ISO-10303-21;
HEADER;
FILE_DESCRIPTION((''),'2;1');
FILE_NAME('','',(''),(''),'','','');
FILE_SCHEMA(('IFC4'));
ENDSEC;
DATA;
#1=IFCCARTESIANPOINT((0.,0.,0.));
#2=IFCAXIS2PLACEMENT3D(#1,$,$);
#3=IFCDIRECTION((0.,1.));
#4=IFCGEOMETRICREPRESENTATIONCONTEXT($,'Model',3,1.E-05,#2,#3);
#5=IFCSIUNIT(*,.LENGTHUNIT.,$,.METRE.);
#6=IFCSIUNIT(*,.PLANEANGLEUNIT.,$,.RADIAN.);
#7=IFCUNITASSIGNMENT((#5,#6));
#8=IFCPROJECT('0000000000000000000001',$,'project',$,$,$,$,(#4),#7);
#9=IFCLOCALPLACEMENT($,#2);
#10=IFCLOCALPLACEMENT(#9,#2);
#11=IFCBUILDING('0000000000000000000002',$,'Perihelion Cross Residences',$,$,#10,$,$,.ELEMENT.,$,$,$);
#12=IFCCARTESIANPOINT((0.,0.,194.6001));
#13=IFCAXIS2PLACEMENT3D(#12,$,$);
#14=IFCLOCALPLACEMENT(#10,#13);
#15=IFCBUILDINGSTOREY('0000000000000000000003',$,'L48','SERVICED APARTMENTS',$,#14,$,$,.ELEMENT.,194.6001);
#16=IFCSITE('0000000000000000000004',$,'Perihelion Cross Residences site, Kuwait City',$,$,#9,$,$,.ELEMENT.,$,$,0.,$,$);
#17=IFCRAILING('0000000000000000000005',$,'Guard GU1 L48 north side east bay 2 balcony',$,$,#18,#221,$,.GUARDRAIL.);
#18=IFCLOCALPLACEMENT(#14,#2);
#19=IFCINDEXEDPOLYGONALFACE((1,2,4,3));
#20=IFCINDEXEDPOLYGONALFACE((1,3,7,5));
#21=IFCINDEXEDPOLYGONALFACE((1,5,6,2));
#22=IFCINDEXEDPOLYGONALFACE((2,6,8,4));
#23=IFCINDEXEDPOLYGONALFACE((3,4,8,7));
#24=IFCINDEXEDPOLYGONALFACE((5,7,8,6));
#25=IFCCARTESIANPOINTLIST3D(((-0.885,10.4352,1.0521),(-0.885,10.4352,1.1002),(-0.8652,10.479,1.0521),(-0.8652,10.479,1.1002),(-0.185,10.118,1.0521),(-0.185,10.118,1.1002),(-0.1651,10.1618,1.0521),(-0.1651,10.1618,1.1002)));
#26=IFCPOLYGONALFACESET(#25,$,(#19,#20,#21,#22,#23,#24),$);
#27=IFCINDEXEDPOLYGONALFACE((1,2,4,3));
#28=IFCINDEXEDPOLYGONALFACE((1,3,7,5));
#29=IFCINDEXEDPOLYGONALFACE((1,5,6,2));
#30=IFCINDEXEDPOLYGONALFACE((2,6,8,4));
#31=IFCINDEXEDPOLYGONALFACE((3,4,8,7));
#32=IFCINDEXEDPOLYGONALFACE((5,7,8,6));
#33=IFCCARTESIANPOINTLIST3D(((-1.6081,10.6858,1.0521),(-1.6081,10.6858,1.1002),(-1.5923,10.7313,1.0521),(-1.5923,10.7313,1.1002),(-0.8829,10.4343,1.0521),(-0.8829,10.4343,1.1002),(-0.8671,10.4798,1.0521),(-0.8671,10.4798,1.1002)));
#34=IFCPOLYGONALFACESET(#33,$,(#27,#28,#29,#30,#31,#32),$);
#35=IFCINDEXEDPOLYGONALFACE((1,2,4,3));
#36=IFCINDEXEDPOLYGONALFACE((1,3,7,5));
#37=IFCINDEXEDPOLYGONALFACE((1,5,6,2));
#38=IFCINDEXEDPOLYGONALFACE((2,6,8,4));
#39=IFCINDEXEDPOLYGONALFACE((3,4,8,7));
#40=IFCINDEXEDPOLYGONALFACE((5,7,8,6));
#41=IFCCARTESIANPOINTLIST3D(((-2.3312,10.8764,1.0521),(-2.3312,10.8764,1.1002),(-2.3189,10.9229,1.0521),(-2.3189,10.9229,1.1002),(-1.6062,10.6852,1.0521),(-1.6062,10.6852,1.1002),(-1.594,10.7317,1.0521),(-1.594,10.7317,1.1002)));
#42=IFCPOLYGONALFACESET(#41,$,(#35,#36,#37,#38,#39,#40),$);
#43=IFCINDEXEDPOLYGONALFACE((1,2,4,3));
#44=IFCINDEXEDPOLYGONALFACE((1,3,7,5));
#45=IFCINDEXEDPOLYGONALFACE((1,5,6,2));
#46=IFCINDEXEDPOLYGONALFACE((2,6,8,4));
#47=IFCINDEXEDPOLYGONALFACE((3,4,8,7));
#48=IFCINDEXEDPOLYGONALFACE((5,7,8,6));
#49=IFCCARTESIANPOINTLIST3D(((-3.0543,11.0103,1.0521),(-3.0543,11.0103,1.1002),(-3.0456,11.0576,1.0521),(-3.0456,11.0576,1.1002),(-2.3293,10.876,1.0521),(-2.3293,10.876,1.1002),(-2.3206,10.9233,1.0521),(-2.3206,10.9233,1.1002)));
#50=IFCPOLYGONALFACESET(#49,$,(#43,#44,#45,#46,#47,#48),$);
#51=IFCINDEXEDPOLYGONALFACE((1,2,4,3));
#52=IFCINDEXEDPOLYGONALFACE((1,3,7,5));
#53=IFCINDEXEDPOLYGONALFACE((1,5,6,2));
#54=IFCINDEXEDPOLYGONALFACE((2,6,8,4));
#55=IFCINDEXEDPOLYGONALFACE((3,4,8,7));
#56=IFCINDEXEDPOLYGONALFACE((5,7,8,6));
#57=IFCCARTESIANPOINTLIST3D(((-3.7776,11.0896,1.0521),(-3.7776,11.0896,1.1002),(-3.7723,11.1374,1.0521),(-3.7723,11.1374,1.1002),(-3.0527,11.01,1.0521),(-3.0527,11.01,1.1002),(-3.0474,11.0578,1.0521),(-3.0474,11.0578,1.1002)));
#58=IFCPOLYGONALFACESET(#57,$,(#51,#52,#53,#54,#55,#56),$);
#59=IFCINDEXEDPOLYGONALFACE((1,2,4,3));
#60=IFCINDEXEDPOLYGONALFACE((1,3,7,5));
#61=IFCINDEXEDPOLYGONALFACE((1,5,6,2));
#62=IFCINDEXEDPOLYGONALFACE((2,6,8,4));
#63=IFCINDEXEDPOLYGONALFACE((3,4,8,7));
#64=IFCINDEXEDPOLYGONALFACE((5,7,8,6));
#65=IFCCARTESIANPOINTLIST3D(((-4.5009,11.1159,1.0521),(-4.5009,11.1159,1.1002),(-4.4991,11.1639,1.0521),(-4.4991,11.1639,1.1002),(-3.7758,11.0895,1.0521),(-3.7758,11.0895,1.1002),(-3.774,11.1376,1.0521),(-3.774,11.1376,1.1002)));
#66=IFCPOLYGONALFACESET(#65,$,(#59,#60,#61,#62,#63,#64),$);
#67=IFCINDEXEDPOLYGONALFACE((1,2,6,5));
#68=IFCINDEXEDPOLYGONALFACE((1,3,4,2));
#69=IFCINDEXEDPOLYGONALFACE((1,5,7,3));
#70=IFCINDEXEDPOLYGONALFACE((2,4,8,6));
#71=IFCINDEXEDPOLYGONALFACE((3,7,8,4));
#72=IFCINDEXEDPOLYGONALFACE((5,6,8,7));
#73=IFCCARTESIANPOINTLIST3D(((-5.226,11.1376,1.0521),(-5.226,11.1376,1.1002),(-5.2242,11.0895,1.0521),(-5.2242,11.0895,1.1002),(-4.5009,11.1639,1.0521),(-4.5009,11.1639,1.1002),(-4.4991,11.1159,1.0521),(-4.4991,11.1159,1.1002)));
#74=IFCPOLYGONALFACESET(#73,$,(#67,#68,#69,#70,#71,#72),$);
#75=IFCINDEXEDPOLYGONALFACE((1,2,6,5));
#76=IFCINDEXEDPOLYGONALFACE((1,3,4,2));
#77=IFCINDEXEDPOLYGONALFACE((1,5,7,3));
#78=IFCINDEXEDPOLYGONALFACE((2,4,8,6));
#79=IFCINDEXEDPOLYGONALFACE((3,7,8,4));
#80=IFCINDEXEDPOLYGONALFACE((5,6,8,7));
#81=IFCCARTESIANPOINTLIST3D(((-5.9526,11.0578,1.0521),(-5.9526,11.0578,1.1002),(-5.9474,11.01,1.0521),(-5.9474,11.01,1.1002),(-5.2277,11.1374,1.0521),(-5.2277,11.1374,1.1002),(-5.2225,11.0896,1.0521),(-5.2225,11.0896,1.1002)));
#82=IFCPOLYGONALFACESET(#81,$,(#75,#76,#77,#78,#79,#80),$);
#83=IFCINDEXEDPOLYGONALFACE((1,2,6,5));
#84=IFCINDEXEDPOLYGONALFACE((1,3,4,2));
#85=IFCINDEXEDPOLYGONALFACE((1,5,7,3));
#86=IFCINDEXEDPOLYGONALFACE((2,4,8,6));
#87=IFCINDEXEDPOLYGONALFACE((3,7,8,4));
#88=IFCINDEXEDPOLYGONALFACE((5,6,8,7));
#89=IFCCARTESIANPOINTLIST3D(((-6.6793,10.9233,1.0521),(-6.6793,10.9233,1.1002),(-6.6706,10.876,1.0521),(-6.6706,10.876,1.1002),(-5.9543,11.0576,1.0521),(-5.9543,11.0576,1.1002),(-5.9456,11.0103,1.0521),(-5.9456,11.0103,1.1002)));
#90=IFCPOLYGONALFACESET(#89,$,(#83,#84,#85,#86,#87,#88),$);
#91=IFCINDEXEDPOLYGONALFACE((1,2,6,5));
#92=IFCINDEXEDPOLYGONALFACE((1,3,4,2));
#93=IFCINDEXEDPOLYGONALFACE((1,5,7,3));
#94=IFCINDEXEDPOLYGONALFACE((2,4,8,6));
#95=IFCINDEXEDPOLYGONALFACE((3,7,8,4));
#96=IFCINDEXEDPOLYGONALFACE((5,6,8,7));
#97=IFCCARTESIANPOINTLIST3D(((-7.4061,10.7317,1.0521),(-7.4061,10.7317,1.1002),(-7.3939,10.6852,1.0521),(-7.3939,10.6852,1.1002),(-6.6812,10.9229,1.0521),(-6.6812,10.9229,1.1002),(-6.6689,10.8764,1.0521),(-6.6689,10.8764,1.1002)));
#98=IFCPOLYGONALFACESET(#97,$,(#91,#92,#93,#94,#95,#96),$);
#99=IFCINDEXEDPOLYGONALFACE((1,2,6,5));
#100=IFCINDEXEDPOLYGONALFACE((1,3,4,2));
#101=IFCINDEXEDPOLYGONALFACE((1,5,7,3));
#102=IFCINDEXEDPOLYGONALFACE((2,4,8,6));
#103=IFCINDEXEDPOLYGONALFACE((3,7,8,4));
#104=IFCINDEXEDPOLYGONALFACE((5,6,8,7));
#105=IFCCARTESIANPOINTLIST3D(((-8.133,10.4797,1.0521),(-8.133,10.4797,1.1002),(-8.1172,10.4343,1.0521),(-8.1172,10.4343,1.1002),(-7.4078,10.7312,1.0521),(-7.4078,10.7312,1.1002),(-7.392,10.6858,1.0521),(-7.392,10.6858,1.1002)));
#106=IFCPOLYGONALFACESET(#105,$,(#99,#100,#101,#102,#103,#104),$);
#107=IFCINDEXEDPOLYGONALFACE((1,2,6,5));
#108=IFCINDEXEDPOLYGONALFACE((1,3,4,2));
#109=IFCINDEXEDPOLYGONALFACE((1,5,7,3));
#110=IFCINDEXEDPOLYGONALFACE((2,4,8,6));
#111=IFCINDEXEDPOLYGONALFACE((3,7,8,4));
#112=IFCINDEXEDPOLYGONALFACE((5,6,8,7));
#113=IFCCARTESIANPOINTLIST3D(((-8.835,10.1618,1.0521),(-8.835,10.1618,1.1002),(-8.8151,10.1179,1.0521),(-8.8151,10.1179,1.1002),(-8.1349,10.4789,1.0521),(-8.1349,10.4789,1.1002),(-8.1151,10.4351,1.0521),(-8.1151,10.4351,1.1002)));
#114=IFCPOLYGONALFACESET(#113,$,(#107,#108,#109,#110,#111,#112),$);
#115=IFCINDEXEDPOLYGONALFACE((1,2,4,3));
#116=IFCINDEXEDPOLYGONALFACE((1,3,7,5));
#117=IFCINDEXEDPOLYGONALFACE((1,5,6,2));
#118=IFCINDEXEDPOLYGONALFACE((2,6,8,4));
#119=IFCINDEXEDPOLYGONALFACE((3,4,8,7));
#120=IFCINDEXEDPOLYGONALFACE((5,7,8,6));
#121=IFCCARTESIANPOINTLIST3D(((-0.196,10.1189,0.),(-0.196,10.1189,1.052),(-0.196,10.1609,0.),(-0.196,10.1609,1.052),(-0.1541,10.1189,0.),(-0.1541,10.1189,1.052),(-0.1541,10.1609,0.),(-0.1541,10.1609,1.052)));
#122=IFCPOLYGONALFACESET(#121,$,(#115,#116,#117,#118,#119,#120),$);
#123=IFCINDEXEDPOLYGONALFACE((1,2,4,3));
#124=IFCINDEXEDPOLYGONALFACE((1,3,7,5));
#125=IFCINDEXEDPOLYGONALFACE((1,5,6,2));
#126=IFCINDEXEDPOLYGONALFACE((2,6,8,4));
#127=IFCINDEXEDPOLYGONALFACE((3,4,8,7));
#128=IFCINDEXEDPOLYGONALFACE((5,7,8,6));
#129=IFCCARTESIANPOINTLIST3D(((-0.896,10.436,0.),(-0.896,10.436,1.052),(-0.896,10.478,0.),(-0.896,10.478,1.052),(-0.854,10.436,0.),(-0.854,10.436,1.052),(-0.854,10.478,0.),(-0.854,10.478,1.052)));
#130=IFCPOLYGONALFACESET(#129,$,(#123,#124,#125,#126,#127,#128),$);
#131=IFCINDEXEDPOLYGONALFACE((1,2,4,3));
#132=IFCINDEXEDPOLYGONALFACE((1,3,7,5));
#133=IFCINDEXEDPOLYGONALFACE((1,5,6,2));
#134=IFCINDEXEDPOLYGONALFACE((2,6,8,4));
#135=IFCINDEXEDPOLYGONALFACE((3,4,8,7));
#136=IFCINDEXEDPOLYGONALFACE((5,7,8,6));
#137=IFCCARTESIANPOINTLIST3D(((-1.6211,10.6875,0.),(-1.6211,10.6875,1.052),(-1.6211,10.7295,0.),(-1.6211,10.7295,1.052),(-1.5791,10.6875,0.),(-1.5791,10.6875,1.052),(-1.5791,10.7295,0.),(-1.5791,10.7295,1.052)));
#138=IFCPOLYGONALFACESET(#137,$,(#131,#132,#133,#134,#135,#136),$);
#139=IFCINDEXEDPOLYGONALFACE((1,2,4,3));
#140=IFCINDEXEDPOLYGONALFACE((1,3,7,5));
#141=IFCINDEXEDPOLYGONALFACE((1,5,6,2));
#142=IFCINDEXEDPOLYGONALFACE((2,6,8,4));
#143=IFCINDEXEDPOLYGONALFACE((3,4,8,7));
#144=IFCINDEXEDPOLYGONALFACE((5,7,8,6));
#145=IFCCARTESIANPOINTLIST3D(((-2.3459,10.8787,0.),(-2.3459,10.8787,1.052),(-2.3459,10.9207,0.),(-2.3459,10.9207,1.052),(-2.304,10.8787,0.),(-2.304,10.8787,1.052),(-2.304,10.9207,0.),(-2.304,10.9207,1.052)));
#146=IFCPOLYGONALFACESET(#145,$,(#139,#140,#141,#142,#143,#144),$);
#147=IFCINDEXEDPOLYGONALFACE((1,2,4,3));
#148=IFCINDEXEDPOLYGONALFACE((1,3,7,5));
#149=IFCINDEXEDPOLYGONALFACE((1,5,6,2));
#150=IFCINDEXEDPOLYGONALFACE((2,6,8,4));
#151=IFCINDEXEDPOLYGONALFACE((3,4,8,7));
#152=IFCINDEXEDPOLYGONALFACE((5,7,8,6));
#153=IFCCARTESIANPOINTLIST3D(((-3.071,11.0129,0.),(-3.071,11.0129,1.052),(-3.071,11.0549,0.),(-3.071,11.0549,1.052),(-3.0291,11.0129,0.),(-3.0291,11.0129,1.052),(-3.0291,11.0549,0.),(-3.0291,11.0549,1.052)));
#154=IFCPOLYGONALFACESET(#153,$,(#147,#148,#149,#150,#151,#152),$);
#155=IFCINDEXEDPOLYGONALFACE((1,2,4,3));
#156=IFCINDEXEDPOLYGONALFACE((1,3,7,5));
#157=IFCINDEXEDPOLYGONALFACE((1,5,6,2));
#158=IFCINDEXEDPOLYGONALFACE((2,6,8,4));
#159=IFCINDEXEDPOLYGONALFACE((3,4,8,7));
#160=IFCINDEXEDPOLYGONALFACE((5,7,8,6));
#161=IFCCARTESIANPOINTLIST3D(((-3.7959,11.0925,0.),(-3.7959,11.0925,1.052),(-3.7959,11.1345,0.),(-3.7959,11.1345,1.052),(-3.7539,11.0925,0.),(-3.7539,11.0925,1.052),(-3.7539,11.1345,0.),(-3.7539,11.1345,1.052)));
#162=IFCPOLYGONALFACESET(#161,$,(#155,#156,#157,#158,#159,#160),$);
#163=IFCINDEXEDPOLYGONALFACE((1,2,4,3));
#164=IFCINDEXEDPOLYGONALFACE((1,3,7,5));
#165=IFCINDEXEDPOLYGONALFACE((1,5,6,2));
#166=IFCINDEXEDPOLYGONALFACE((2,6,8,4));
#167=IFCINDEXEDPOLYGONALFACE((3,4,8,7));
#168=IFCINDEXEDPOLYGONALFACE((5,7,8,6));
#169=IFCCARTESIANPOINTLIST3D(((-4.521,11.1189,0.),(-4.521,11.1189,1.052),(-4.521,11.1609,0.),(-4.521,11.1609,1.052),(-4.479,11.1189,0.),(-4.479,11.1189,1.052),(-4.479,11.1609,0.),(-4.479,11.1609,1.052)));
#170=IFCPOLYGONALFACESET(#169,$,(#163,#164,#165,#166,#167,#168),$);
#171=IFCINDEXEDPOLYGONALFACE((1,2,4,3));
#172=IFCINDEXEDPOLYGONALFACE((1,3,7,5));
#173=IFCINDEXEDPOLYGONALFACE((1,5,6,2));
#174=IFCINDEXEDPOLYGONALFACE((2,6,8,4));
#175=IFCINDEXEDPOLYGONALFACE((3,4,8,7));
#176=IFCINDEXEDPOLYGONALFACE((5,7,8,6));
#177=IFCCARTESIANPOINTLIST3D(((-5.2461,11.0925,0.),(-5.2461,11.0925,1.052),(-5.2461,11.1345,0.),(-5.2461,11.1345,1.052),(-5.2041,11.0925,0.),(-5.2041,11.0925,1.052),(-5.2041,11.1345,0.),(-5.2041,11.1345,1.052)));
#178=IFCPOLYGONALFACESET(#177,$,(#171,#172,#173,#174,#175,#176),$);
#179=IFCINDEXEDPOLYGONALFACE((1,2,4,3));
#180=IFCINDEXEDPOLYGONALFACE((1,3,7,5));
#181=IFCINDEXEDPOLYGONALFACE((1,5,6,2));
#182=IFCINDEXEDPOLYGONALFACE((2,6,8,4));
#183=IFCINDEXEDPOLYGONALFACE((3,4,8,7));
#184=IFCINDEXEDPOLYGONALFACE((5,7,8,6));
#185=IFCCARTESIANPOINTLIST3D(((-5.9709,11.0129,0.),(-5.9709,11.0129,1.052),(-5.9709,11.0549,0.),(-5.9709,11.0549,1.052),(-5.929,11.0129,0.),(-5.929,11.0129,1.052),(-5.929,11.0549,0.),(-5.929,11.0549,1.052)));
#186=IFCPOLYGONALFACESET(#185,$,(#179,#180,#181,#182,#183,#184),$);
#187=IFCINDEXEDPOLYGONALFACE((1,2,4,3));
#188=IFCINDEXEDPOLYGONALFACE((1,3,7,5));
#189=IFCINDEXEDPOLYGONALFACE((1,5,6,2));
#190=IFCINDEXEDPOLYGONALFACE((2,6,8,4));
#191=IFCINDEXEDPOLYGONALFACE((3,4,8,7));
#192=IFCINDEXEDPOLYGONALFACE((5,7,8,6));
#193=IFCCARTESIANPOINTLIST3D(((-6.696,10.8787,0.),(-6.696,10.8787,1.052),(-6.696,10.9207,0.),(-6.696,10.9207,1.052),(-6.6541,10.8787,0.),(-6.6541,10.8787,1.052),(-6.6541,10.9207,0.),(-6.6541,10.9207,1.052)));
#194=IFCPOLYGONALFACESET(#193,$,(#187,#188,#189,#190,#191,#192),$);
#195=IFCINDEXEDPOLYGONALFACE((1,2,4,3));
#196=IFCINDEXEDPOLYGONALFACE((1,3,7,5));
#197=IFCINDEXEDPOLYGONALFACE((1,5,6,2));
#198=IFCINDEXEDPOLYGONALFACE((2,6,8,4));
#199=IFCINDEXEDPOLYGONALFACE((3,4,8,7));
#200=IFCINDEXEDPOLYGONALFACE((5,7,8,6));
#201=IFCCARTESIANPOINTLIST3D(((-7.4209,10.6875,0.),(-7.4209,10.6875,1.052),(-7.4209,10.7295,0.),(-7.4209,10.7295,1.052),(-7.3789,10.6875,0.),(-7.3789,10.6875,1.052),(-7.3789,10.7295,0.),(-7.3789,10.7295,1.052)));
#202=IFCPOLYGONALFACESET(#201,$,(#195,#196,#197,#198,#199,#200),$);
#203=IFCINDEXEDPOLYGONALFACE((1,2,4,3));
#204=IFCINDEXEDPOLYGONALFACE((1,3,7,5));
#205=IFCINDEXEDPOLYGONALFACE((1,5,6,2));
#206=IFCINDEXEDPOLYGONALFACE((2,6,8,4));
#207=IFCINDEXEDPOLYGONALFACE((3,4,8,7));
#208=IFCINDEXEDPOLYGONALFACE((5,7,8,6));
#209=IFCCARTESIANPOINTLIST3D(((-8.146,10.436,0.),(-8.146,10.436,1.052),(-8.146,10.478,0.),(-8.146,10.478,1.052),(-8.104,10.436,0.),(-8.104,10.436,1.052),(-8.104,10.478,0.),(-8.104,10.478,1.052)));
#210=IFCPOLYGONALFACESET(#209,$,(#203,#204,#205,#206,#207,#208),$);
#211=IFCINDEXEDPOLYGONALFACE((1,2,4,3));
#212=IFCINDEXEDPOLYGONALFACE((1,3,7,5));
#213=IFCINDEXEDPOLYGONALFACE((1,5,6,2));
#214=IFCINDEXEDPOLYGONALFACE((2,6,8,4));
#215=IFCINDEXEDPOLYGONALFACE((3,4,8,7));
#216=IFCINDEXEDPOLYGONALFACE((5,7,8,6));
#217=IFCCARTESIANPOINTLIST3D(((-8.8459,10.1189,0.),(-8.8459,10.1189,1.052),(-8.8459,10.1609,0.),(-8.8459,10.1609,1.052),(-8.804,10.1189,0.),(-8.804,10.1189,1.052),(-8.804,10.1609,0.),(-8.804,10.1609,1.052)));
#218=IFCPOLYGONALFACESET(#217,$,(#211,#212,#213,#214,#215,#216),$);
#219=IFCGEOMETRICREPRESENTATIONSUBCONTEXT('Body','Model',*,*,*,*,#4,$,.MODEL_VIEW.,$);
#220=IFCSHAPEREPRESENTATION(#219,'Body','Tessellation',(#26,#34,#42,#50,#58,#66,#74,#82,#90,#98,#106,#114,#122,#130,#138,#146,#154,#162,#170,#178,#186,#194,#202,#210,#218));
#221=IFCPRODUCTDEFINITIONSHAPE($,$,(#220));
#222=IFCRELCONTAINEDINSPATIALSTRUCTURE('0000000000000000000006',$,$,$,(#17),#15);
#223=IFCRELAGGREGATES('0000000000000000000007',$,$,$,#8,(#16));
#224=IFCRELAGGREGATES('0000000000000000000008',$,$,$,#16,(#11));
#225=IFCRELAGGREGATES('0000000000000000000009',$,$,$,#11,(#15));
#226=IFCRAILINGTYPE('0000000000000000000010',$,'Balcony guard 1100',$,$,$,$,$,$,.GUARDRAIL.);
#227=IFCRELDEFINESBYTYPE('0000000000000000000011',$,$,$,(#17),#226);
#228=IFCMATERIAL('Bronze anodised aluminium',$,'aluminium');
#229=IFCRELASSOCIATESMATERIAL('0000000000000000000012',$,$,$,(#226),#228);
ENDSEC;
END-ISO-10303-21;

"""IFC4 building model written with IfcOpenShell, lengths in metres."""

from ifc_helpers import new_model, si_unit, direction, frame, origin, origin_2d, place, context, subcontext, project, spatial, rectangle, extrude, material, type_object, element, save


model = new_model("IFC4")

# Units and contexts
model_context = context("Model", 3, precision=1e-05, world=origin(), true_north=direction((0.0, 1.0)))
body_context = subcontext(model_context, "Body", "Model", "MODEL_VIEW")
ifc_project = project(units=[si_unit("LENGTHUNIT", "METRE"), si_unit("PLANEANGLEUNIT", "RADIAN")], contexts=[model_context])

# Site, building, storey
site_placement = place(None, origin())
site = spatial("IfcSite", under=ifc_project, at=site_placement, Name="Perihelion Cross Residences site, Kuwait City", CompositionType="ELEMENT", RefElevation=0.0)
building_placement = place(site_placement, origin())
building = spatial("IfcBuilding", under=site, at=building_placement, Name="Perihelion Cross Residences", CompositionType="ELEMENT")
storey_placement = place(building_placement, frame((0.0, 0.0, 194.6001)))
storey = spatial("IfcBuildingStorey", under=building, at=storey_placement, Name="L48", Description="SERVICED APARTMENTS", CompositionType="ELEMENT", Elevation=194.6001)

# Railing
ifc_material_1 = material(Name="Bronze anodised aluminium", Category="aluminium")
railing_type = type_object("IfcRailingType", Name="Balcony guard 1100", PredefinedType="GUARDRAIL", material=ifc_material_1)
railing_1_placement = place(storey_placement, frame((-0.175, 10.1399, 0.0)))
element("IfcRailing", 1, at=railing_1_placement, inside=storey, type_object=railing_type, Name="Guard GU1 L48 north side east bay 2 balcony", PredefinedType="GUARDRAIL", context=body_context, shape_type="SweptSolid", body=[
    extrude(rectangle(XDim=0.0481, YDim=0.0481, at=origin_2d()), frame((0.0, 0.0, 1.0762), z_axis=(-0.910866, 0.412702, 0.0), x_axis=(-0.412702, -0.910866, 0.0)), (0.0, 0.0, 1.0), 0.7686),
    extrude(rectangle(XDim=0.0481, YDim=0.0481, at=origin_2d()), frame((-0.7, 0.3171, 1.0762), z_axis=(-0.944797, 0.327657, 0.0), x_axis=(-0.327657, -0.944797, 0.0)), (0.0, 0.0, 1.0), 0.7676),
    extrude(rectangle(XDim=0.0481, YDim=0.0481, at=origin_2d()), frame((-1.425, 0.5686, 1.0762), z_axis=(-0.966939, 0.255006, 0.0), x_axis=(-0.255006, -0.966939, 0.0)), (0.0, 0.0, 1.0), 0.7498),
    extrude(rectangle(XDim=0.0481, YDim=0.0481, at=origin_2d()), frame((-2.1499, 0.7598, 1.0762), z_axis=(-0.983282, 0.182089, 0.0), x_axis=(-0.182089, -0.983282, 0.0)), (0.0, 0.0, 1.0), 0.7373),
    extrude(rectangle(XDim=0.0481, YDim=0.0481, at=origin_2d()), frame((-2.875, 0.894, 1.0762), z_axis=(-0.994026, 0.109145, 0.0), x_axis=(-0.109145, -0.994026, 0.0)), (0.0, 0.0, 1.0), 0.7292),
    extrude(rectangle(XDim=0.0481, YDim=0.0481, at=origin_2d()), frame((-3.5999, 0.9736, 1.0762), z_axis=(-0.999339, 0.03634, 0.0), x_axis=(-0.03634, -0.999339, 0.0)), (0.0, 0.0, 1.0), 0.7256),
    extrude(rectangle(XDim=0.0481, YDim=0.0481, at=origin_2d()), frame((-4.325, 1.0, 1.0762), z_axis=(-0.999339, -0.03634, 0.0), x_axis=(0.03634, -0.999339, 0.0)), (0.0, 0.0, 1.0), 0.7256),
    extrude(rectangle(XDim=0.0481, YDim=0.0481, at=origin_2d()), frame((-5.05, 0.9736, 1.0762), z_axis=(-0.994026, -0.109145, 0.0), x_axis=(0.109145, -0.994026, 0.0)), (0.0, 0.0, 1.0), 0.7292),
    extrude(rectangle(XDim=0.0481, YDim=0.0481, at=origin_2d()), frame((-5.7749, 0.894, 1.0762), z_axis=(-0.983282, -0.182089, 0.0), x_axis=(0.182089, -0.983282, 0.0)), (0.0, 0.0, 1.0), 0.7373),
    extrude(rectangle(XDim=0.0481, YDim=0.0481, at=origin_2d()), frame((-6.5, 0.7598, 1.0762), z_axis=(-0.966939, -0.255006, 0.0), x_axis=(0.255006, -0.966939, 0.0)), (0.0, 0.0, 1.0), 0.7498),
    extrude(rectangle(XDim=0.0481, YDim=0.0481, at=origin_2d()), frame((-7.2249, 0.5686, 1.0762), z_axis=(-0.944797, -0.327657, 0.0), x_axis=(0.327657, -0.944797, 0.0)), (0.0, 0.0, 1.0), 0.7676),
    extrude(rectangle(XDim=0.0481, YDim=0.0481, at=origin_2d()), frame((-7.95, 0.3171, 1.0762), z_axis=(-0.910866, -0.412702, 0.0), x_axis=(0.412702, -0.910866, 0.0)), (0.0, 0.0, 1.0), 0.7686),
    extrude(rectangle(XDim=0.042, YDim=0.042, at=origin_2d()), origin(), (0.0, 0.0, 1.0), 1.052),
    extrude(rectangle(XDim=0.042, YDim=0.042, at=origin_2d()), frame((-0.7, 0.3171, 0.0)), (0.0, 0.0, 1.0), 1.052),
    extrude(rectangle(XDim=0.042, YDim=0.042, at=origin_2d()), frame((-1.425, 0.5686, 0.0)), (0.0, 0.0, 1.0), 1.052),
    extrude(rectangle(XDim=0.042, YDim=0.042, at=origin_2d()), frame((-2.1499, 0.7598, 0.0)), (0.0, 0.0, 1.0), 1.052),
    extrude(rectangle(XDim=0.042, YDim=0.042, at=origin_2d()), frame((-2.875, 0.894, 0.0)), (0.0, 0.0, 1.0), 1.052),
    extrude(rectangle(XDim=0.042, YDim=0.042, at=origin_2d()), frame((-3.5999, 0.9736, 0.0)), (0.0, 0.0, 1.0), 1.052),
    extrude(rectangle(XDim=0.042, YDim=0.042, at=origin_2d()), frame((-4.325, 1.0, 0.0)), (0.0, 0.0, 1.0), 1.052),
    extrude(rectangle(XDim=0.042, YDim=0.042, at=origin_2d()), frame((-5.05, 0.9736, 0.0)), (0.0, 0.0, 1.0), 1.052),
    extrude(rectangle(XDim=0.042, YDim=0.042, at=origin_2d()), frame((-5.7749, 0.894, 0.0)), (0.0, 0.0, 1.0), 1.052),
    extrude(rectangle(XDim=0.042, YDim=0.042, at=origin_2d()), frame((-6.5, 0.7598, 0.0)), (0.0, 0.0, 1.0), 1.052),
    extrude(rectangle(XDim=0.042, YDim=0.042, at=origin_2d()), frame((-7.2249, 0.5686, 0.0)), (0.0, 0.0, 1.0), 1.052),
    extrude(rectangle(XDim=0.042, YDim=0.042, at=origin_2d()), frame((-7.95, 0.3171, 0.0)), (0.0, 0.0, 1.0), 1.052),
    extrude(rectangle(XDim=0.042, YDim=0.042, at=origin_2d()), frame((-8.6499, 0.0, 0.0)), (0.0, 0.0, 1.0), 1.052),
])

save(model, "model.ifc")
